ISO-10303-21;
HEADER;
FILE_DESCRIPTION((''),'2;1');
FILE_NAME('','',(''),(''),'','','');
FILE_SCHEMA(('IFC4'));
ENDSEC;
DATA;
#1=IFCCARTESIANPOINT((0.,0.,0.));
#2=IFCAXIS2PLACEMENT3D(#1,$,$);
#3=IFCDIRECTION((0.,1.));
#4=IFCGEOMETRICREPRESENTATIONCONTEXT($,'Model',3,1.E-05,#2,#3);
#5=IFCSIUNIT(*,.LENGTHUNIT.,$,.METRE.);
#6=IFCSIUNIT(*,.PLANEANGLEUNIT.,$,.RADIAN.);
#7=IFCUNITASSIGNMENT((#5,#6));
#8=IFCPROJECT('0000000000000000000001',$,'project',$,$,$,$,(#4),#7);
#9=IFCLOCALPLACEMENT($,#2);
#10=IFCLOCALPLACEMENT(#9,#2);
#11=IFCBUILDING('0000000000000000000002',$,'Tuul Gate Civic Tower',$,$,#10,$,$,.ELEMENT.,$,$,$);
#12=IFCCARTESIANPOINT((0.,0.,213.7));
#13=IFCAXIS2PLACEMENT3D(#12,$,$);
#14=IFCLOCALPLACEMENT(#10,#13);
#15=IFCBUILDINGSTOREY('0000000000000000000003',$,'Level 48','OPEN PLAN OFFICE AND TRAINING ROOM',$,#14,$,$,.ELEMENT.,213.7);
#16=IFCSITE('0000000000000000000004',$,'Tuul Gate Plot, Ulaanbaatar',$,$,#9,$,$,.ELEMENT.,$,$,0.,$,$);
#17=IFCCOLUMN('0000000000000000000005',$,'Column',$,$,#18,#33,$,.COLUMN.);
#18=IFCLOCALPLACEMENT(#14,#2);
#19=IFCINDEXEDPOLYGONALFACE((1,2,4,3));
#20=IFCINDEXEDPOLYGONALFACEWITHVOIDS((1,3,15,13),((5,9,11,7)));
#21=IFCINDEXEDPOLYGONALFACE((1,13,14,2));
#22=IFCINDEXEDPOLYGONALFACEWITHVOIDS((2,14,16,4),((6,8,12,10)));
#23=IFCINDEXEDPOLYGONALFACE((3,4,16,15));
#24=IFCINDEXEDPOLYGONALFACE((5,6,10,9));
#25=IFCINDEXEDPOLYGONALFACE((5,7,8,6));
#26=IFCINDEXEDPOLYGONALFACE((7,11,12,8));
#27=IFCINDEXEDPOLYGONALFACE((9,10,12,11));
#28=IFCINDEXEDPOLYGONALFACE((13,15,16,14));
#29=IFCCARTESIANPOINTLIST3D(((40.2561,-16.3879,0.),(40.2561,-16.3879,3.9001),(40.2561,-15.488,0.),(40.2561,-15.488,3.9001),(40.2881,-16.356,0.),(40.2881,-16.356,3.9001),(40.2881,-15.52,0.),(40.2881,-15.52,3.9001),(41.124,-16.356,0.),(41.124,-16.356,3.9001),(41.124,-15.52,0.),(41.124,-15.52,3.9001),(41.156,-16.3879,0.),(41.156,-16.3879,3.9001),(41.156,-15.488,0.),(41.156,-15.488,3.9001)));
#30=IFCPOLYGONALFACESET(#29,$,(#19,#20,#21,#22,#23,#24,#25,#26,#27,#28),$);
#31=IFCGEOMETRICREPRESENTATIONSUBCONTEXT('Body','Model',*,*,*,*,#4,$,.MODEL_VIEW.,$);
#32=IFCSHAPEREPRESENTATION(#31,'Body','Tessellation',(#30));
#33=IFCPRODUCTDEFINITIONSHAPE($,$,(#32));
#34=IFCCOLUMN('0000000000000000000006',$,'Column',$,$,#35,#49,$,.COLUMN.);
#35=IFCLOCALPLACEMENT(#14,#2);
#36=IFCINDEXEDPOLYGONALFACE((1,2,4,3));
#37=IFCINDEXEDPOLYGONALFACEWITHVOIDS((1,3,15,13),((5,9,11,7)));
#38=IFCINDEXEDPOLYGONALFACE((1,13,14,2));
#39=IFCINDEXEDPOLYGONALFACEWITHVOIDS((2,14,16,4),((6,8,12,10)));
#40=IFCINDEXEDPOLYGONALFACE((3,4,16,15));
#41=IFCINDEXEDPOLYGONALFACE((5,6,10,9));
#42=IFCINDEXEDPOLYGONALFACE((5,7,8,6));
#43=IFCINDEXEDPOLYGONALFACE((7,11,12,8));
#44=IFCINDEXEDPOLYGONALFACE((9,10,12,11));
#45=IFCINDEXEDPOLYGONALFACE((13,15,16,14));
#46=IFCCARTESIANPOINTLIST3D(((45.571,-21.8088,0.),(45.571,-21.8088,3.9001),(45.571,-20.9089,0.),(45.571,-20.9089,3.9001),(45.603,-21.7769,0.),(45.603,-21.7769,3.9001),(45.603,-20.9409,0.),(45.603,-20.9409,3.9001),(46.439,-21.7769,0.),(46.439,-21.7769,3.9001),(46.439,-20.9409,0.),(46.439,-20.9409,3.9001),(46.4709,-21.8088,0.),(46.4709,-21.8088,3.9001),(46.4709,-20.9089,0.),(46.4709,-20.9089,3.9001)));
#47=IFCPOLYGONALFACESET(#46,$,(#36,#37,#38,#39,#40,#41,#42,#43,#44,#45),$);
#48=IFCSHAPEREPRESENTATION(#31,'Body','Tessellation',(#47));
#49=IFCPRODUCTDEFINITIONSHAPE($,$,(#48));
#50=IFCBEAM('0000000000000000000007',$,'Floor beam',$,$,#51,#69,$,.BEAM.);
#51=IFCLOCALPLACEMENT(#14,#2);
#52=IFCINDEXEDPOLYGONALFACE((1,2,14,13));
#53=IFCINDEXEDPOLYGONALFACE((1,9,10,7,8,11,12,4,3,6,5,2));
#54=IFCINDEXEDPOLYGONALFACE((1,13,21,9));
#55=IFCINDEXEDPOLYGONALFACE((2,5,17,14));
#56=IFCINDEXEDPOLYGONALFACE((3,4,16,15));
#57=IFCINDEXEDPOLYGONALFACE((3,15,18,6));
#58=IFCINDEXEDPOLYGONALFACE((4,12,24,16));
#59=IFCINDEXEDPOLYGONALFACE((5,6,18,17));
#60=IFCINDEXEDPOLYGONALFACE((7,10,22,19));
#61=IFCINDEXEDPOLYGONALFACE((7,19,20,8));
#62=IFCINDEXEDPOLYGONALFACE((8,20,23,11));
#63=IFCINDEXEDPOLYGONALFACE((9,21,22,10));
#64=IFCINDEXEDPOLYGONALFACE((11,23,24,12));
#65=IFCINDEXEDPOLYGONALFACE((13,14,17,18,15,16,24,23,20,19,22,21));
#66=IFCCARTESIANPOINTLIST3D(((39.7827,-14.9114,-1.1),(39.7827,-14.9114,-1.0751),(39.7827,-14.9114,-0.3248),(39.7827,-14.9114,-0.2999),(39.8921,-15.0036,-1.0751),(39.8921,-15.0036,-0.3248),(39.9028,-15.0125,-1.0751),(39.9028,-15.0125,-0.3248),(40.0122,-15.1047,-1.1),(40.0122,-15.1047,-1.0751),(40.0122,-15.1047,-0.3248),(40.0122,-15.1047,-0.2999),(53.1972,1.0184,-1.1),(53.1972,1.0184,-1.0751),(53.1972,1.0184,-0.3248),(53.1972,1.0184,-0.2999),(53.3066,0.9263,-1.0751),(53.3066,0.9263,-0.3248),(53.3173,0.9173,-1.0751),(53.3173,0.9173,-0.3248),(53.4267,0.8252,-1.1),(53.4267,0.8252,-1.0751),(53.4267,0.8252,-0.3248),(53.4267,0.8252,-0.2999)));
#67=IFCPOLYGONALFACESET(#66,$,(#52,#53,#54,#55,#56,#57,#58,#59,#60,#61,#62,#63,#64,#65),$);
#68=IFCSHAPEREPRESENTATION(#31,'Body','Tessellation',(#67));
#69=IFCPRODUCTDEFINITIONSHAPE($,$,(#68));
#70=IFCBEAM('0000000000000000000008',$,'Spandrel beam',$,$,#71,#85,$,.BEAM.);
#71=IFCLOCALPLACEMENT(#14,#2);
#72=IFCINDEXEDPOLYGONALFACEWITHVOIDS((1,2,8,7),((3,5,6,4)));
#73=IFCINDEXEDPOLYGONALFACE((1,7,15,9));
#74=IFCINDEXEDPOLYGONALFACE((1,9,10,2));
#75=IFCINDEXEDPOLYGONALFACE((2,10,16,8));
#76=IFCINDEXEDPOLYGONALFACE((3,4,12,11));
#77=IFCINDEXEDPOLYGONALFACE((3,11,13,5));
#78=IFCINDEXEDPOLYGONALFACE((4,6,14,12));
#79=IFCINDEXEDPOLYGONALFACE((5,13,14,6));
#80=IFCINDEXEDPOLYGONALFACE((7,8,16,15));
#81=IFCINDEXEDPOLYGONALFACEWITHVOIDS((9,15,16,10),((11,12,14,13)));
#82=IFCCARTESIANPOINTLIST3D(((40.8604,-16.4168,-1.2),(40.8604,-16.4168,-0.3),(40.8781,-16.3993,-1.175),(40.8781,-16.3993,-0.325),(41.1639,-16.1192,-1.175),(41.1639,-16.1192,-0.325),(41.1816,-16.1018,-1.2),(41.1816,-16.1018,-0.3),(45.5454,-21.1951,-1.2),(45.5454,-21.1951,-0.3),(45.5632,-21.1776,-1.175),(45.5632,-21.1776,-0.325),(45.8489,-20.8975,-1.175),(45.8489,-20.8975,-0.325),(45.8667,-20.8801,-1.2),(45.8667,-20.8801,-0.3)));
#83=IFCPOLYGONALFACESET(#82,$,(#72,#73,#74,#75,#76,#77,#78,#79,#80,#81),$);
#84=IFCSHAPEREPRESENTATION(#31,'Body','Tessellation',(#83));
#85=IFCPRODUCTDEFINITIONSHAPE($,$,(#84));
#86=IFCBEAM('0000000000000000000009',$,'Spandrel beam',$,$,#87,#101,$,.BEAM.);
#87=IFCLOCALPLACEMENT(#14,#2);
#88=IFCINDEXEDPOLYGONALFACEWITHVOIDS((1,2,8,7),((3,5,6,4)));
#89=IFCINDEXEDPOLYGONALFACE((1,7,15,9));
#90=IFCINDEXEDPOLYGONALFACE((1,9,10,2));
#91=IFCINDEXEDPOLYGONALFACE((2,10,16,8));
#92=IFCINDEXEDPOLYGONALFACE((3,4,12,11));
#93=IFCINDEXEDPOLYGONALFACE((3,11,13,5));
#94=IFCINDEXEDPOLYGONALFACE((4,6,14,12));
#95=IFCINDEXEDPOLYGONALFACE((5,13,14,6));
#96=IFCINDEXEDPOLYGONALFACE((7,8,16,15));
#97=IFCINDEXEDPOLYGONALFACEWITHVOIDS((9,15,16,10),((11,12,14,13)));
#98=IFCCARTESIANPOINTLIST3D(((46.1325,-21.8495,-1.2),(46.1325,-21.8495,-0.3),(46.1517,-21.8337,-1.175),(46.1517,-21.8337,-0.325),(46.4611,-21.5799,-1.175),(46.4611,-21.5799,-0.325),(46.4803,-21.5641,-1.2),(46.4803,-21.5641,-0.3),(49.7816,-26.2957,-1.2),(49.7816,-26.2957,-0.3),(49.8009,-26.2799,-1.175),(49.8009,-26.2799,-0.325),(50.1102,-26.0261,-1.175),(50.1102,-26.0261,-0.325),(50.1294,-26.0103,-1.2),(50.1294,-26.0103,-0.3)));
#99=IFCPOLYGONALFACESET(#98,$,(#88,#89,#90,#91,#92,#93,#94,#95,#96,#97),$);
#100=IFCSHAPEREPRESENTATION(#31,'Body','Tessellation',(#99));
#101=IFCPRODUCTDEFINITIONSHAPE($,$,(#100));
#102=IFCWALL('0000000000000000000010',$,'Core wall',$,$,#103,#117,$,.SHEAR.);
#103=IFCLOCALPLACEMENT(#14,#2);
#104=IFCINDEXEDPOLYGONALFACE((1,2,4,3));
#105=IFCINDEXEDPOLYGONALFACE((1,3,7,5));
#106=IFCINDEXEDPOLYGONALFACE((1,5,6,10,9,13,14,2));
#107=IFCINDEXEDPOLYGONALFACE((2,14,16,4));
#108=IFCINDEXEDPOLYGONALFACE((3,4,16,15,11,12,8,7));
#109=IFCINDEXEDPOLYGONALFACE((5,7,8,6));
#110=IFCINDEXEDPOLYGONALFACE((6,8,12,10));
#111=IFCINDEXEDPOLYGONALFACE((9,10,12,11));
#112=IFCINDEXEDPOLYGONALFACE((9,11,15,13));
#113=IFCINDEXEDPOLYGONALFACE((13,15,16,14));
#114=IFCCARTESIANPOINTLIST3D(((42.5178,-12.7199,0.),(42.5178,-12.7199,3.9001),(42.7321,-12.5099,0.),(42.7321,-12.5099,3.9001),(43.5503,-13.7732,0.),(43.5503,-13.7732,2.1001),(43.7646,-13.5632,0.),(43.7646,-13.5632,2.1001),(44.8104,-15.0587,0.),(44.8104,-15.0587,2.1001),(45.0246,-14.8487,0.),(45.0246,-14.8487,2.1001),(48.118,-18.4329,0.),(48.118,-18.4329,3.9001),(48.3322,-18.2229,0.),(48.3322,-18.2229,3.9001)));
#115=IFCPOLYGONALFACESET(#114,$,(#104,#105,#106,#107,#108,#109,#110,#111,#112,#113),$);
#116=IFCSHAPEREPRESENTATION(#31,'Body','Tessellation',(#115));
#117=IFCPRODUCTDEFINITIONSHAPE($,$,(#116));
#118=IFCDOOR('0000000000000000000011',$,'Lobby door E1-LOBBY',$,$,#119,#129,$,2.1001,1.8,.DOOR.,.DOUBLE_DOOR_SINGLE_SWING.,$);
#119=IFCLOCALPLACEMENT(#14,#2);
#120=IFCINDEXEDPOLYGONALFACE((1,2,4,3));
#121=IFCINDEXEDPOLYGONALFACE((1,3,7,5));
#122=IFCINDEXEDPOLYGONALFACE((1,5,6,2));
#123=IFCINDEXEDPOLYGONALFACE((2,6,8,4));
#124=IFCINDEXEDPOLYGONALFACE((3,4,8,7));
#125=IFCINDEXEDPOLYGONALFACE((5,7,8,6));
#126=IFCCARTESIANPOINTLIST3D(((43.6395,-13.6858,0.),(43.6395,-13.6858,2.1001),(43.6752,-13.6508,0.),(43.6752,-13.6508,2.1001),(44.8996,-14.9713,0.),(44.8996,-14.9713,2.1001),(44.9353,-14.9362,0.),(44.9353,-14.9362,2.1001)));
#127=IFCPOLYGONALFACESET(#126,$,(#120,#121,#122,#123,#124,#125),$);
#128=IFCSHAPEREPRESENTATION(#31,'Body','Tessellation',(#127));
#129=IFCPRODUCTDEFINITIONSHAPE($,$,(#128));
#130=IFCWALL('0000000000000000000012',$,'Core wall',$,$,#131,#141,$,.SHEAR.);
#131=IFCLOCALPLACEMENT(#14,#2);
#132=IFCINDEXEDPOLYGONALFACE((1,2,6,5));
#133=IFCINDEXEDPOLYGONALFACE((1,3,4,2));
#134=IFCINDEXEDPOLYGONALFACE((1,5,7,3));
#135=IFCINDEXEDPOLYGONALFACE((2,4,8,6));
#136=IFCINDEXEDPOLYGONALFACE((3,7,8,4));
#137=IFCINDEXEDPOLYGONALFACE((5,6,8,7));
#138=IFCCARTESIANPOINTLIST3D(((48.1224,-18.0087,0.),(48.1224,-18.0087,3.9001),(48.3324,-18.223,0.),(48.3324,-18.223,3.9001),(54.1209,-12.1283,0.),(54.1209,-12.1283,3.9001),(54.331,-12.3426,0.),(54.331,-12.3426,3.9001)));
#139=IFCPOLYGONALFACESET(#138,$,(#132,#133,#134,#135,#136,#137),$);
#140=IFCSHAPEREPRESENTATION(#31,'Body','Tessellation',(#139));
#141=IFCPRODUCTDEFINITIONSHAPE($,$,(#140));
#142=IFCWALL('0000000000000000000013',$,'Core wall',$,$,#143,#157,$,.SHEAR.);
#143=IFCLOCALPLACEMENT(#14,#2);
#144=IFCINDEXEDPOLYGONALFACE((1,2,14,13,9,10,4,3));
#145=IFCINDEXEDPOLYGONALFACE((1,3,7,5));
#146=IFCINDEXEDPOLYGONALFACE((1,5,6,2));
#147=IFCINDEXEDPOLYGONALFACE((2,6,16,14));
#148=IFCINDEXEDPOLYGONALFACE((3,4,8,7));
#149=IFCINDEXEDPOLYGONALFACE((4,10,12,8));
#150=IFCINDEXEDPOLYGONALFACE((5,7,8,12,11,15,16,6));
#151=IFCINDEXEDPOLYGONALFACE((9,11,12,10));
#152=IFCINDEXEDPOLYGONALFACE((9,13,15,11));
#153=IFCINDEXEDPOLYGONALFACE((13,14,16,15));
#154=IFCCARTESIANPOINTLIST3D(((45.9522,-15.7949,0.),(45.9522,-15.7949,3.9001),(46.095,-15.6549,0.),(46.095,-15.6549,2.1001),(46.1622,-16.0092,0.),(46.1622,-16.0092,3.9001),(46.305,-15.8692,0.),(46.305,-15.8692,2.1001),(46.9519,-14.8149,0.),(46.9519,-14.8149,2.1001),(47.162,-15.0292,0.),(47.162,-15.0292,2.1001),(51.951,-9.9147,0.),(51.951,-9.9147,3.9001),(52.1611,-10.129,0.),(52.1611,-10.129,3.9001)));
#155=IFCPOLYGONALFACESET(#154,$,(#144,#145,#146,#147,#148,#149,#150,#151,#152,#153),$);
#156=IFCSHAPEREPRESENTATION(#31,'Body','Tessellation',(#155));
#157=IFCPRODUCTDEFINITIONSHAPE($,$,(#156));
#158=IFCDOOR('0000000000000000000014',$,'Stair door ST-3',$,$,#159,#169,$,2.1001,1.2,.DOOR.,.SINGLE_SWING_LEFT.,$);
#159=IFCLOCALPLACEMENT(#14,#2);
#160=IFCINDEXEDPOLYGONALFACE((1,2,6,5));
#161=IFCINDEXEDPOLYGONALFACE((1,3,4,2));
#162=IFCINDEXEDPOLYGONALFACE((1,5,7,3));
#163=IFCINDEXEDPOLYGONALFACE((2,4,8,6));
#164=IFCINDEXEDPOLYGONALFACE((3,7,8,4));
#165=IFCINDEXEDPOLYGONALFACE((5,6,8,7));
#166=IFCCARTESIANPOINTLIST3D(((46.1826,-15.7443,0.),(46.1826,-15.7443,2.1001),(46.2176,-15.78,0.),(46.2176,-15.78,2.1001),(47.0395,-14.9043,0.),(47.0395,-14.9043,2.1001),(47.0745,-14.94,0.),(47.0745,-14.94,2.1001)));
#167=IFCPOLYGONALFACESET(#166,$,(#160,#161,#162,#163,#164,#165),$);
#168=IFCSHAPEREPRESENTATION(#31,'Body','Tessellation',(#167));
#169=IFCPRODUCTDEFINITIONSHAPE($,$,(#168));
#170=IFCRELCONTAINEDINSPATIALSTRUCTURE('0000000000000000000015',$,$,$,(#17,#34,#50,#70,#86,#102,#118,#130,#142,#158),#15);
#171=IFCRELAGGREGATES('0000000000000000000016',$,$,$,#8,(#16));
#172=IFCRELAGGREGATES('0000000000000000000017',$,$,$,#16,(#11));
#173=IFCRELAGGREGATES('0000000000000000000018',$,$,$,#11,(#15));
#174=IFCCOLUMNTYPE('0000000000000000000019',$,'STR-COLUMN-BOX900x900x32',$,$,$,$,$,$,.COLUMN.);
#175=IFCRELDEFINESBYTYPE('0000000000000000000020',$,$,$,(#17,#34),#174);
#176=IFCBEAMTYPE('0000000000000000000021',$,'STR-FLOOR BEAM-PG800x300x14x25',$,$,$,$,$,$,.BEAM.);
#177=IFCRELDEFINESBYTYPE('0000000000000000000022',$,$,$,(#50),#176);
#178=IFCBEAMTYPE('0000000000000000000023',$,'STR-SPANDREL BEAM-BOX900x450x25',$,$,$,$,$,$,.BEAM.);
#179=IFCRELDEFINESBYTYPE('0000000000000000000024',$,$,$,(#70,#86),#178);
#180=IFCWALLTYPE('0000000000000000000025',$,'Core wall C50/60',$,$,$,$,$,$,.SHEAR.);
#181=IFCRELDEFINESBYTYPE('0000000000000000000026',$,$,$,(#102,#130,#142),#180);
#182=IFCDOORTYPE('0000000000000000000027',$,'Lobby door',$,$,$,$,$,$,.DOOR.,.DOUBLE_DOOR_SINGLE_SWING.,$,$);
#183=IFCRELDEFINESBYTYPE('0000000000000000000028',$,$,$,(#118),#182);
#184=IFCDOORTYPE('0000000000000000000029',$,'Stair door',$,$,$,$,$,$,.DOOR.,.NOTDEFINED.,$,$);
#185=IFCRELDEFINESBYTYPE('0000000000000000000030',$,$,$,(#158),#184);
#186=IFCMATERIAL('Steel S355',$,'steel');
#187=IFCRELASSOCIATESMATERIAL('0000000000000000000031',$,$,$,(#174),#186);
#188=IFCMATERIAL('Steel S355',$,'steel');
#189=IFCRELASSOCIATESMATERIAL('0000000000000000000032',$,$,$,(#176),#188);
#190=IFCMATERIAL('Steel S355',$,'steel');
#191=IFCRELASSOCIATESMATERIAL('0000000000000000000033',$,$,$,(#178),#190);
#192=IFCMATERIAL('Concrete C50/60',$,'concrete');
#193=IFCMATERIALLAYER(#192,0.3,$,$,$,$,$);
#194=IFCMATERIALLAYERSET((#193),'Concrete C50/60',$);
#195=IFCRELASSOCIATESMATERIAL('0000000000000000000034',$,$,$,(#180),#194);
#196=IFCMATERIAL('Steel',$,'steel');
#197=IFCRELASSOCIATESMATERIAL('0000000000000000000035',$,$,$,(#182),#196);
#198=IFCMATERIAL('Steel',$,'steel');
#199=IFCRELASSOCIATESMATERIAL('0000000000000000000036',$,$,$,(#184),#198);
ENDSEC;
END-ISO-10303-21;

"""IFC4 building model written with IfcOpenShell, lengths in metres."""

from ifc_helpers import new_model, si_unit, direction, frame, frame_2d, origin, origin_2d, place, context, subcontext, project, spatial, rectangle, hollow_rectangle, i_section, extrude, material, layer, layer_set, material_profile, profile_set, type_object, element, fill, save


model = new_model("IFC4")

# Units and contexts
model_context = context("Model", 3, precision=1e-05, world=origin(), true_north=direction((0.0, 1.0)))
body_context = subcontext(model_context, "Body", "Model", "MODEL_VIEW")
ifc_project = project(units=[si_unit("LENGTHUNIT", "METRE"), si_unit("PLANEANGLEUNIT", "RADIAN")], contexts=[model_context])

# Site, building, storey
site_placement = place(None, origin())
site = spatial("IfcSite", under=ifc_project, at=site_placement, Name="Tuul Gate Plot, Ulaanbaatar", CompositionType="ELEMENT", RefElevation=0.0)
building_placement = place(site_placement, origin())
building = spatial("IfcBuilding", under=site, at=building_placement, Name="Tuul Gate Civic Tower", CompositionType="ELEMENT")
storey_placement = place(building_placement, frame((0.0, 0.0, 213.7)))
storey = spatial("IfcBuildingStorey", under=building, at=storey_placement, Name="Level 48", Description="OPEN PLAN OFFICE AND TRAINING ROOM", CompositionType="ELEMENT", Elevation=213.7)

# Columns
ifc_material_1 = material(Name="Steel S355", Category="steel")
ifc_material_profile_1 = material_profile(ifc_material_1, hollow_rectangle(XDim=0.8999, YDim=0.8999, WallThickness=0.032, at=origin_2d()), Name="BOX900x900x32")
ifc_profile_set_1 = profile_set([ifc_material_profile_1], Name="Steel S355")
column_type = type_object("IfcColumnType", Name="STR-COLUMN-BOX900x900x32", PredefinedType="COLUMN", material=ifc_profile_set_1)
for number, where, z_axis, x_axis, name in (
    (1, (40.7061, -15.938, 0.0), (0.0, 0.0, 1.0), (1.0, 0.0, 0.0), "Column"),
    (2, (46.021, -21.3589, 0.0), (0.0, 0.0, 1.0), (1.0, 0.0, 0.0), "Column"),
):
    element("IfcColumn", number, at=place(storey_placement, frame(where, z_axis=z_axis, x_axis=x_axis)), inside=storey, type_object=column_type, Name=name, PredefinedType="COLUMN", context=body_context, shape_type="SweptSolid", body=[
        extrude(hollow_rectangle(XDim=0.8999, YDim=0.8999, WallThickness=0.032, at=origin_2d()), origin(), (0.0, 0.0, 1.0), 3.9001),
    ])

# Beams
ifc_material_2 = material(Name="Steel S355", Category="steel")
ifc_material_profile_2 = material_profile(ifc_material_2, i_section(OverallWidth=0.3, OverallDepth=0.8, WebThickness=0.0139, FlangeThickness=0.0249, at=origin_2d()), Name="PG800x300x14x25")
ifc_profile_set_2 = profile_set([ifc_material_profile_2], Name="Steel S355")
beam_type_1 = type_object("IfcBeamType", Name="STR-FLOOR BEAM-PG800x300x14x25", PredefinedType="BEAM", material=ifc_profile_set_2)
beam_1_placement = place(storey_placement, frame((39.8975, -15.0081, -0.7), z_axis=(0.644132, 0.764914, 0.0), x_axis=(-0.764914, 0.644132, 0.0)))
element("IfcBeam", 3, at=beam_1_placement, inside=storey, type_object=beam_type_1, Name="Floor beam", PredefinedType="BEAM", context=body_context, shape_type="SweptSolid", body=[
    extrude(i_section(OverallWidth=0.3, OverallDepth=0.8, WebThickness=0.0139, FlangeThickness=0.0249, at=origin_2d()), origin(), (0.0, 0.0, 1.0), 20.8257),
])
ifc_material_3 = material(Name="Steel S355", Category="steel")
ifc_material_profile_3 = material_profile(ifc_material_3, hollow_rectangle(XDim=0.45, YDim=0.8999, WallThickness=0.0249, at=origin_2d()), Name="BOX900x450x25")
ifc_profile_set_3 = profile_set([ifc_material_profile_3], Name="Steel S355")
beam_type_2 = type_object("IfcBeamType", Name="STR-SPANDREL BEAM-BOX900x450x25", PredefinedType="BEAM", material=ifc_profile_set_3)
beam_2_placement = place(storey_placement, frame((41.021, -16.2593, -0.75), z_axis=(0.700104, -0.714041, 0.0), x_axis=(0.714041, 0.700104, 0.0)))
element("IfcBeam", 4, at=beam_2_placement, inside=storey, type_object=beam_type_2, Name="Spandrel beam", PredefinedType="BEAM", context=body_context, shape_type="SweptSolid", body=[
    extrude(hollow_rectangle(XDim=0.45, YDim=0.8999, WallThickness=0.0249, at=origin_2d()), origin(), (0.0, 0.0, 1.0), 6.6919),
])
beam_3_placement = place(storey_placement, frame((46.3064, -21.7068, -0.75), z_axis=(0.634414, -0.772994, 0.0), x_axis=(0.772994, 0.634414, 0.0)))
element("IfcBeam", 5, at=beam_3_placement, inside=storey, type_object=beam_type_2, Name="Spandrel beam", PredefinedType="BEAM", context=body_context, shape_type="SweptSolid", body=[
    extrude(hollow_rectangle(XDim=0.45, YDim=0.8999, WallThickness=0.0249, at=origin_2d()), origin(), (0.0, 0.0, 1.0), 5.752),
])

# Wall, opening, door
ifc_material_4 = material(Name="Concrete C50/60", Category="concrete")
ifc_layer_1 = layer(ifc_material_4, 0.3)
ifc_layer_set_1 = layer_set([ifc_layer_1], Name="Concrete C50/60")
wall_type_1 = type_object("IfcWallType", Name="Core wall C50/60", PredefinedType="SHEAR", material=ifc_layer_set_1)
wall_1_placement = place(storey_placement, frame((48.2251, -18.3279, 0.0), z_axis=(0.0, 0.0, 1.0), x_axis=(-0.700022, 0.714121, 0.0)))
wall_1 = element("IfcWall", 6, at=wall_1_placement, inside=storey, type_object=wall_type_1, Name="Core wall", PredefinedType="SHEAR", context=body_context, shape_type="SweptSolid", body=[
    extrude(rectangle(XDim=8.0, YDim=0.3, at=frame_2d((4.0, 0.0))), origin(), (0.0, 0.0, 1.0), 3.9001),
])
opening_1_placement = place(wall_1_placement, frame((4.7251, 0.0, 0.0)))
opening_1 = element("IfcOpeningElement", 7, at=opening_1_placement, cuts=wall_1, PredefinedType="OPENING", context=body_context, shape_type="SweptSolid", body=[
    extrude(rectangle(XDim=1.8, YDim=2.1001, at=frame_2d((0.8999, 1.05))), frame((0.0, 0.1602, 0.0), z_axis=(0.0, -1.0, 0.0), x_axis=(1.0, 0.0, 0.0)), (0.0, 0.0, 1.0), 0.3201),
])
ifc_material_5 = material(Name="Steel", Category="steel")
door_type_1 = type_object("IfcDoorType", Name="Lobby door", OperationType="DOUBLE_DOOR_SINGLE_SWING", PredefinedType="DOOR", material=ifc_material_5)
door_1_placement = place(opening_1_placement, frame((1.8, 0.0, 0.0), z_axis=(0.0, 0.0, 1.0), x_axis=(-1.0, 0.0, 0.0)))
door_1 = element("IfcDoor", 8, at=door_1_placement, inside=storey, type_object=door_type_1, Name="Lobby door E1-LOBBY", OperationType="DOUBLE_DOOR_SINGLE_SWING", OverallHeight=2.1001, OverallWidth=1.8, PredefinedType="DOOR", context=body_context, shape_type="SweptSolid", body=[
    extrude(rectangle(XDim=1.8, YDim=2.1001, at=frame_2d((0.9001, 1.05))), frame((0.0, 0.0249, 0.0), z_axis=(0.0, -1.0, 0.0), x_axis=(1.0, 0.0, 0.0)), (0.0, 0.0, 1.0), 0.05),
])
fill(opening_1, door_1)

# Wall
wall_2_placement = place(storey_placement, frame((48.2273, -18.116, 0.0), z_axis=(0.0, 0.0, 1.0), x_axis=(0.714105, 0.700038, 0.0)))
element("IfcWall", 9, at=wall_2_placement, inside=storey, type_object=wall_type_1, Name="Core wall", PredefinedType="SHEAR", context=body_context, shape_type="SweptSolid", body=[
    extrude(rectangle(XDim=8.4001, YDim=0.3, at=frame_2d((4.2002, 0.0))), origin(), (0.0, 0.0, 1.0), 3.9001),
])

# Wall, opening, door
wall_3_placement = place(storey_placement, frame((46.0571, -15.9021, 0.0), z_axis=(0.0, 0.0, 1.0), x_axis=(0.714134, 0.700009, 0.0)))
wall_3 = element("IfcWall", 10, at=wall_3_placement, inside=storey, type_object=wall_type_1, Name="Core wall", PredefinedType="SHEAR", context=body_context, shape_type="SweptSolid", body=[
    extrude(rectangle(XDim=8.4001, YDim=0.3, at=frame_2d((4.2002, 0.0))), origin(), (0.0, 0.0, 1.0), 3.9001),
])
opening_2_placement = place(wall_3_placement, frame((0.2, 0.0, 0.0)))
opening_2 = element("IfcOpeningElement", 11, at=opening_2_placement, cuts=wall_3, PredefinedType="OPENING", context=body_context, shape_type="SweptSolid", body=[
    extrude(rectangle(XDim=1.2, YDim=2.1001, at=frame_2d((0.6001, 1.05))), frame((0.0, 0.1602, 0.0), z_axis=(0.0, -1.0, 0.0), x_axis=(1.0, 0.0, 0.0)), (0.0, 0.0, 1.0), 0.3201),
])
ifc_material_6 = material(Name="Steel", Category="steel")
door_type_2 = type_object("IfcDoorType", Name="Stair door", OperationType="NOTDEFINED", PredefinedType="DOOR", material=ifc_material_6)
door_2_placement = place(opening_2_placement, origin())
door_2 = element("IfcDoor", 12, at=door_2_placement, inside=storey, type_object=door_type_2, Name="Stair door ST-3", OperationType="SINGLE_SWING_LEFT", OverallHeight=2.1001, OverallWidth=1.2, PredefinedType="DOOR", context=body_context, shape_type="SweptSolid", body=[
    extrude(rectangle(XDim=1.2, YDim=2.1001, at=frame_2d((0.6001, 1.05))), frame((0.0, 0.0249, 0.0), z_axis=(0.0, -1.0, 0.0), x_axis=(1.0, 0.0, 0.0)), (0.0, 0.0, 1.0), 0.05),
])
fill(opening_2, door_2)

save(model, "model.ifc")
